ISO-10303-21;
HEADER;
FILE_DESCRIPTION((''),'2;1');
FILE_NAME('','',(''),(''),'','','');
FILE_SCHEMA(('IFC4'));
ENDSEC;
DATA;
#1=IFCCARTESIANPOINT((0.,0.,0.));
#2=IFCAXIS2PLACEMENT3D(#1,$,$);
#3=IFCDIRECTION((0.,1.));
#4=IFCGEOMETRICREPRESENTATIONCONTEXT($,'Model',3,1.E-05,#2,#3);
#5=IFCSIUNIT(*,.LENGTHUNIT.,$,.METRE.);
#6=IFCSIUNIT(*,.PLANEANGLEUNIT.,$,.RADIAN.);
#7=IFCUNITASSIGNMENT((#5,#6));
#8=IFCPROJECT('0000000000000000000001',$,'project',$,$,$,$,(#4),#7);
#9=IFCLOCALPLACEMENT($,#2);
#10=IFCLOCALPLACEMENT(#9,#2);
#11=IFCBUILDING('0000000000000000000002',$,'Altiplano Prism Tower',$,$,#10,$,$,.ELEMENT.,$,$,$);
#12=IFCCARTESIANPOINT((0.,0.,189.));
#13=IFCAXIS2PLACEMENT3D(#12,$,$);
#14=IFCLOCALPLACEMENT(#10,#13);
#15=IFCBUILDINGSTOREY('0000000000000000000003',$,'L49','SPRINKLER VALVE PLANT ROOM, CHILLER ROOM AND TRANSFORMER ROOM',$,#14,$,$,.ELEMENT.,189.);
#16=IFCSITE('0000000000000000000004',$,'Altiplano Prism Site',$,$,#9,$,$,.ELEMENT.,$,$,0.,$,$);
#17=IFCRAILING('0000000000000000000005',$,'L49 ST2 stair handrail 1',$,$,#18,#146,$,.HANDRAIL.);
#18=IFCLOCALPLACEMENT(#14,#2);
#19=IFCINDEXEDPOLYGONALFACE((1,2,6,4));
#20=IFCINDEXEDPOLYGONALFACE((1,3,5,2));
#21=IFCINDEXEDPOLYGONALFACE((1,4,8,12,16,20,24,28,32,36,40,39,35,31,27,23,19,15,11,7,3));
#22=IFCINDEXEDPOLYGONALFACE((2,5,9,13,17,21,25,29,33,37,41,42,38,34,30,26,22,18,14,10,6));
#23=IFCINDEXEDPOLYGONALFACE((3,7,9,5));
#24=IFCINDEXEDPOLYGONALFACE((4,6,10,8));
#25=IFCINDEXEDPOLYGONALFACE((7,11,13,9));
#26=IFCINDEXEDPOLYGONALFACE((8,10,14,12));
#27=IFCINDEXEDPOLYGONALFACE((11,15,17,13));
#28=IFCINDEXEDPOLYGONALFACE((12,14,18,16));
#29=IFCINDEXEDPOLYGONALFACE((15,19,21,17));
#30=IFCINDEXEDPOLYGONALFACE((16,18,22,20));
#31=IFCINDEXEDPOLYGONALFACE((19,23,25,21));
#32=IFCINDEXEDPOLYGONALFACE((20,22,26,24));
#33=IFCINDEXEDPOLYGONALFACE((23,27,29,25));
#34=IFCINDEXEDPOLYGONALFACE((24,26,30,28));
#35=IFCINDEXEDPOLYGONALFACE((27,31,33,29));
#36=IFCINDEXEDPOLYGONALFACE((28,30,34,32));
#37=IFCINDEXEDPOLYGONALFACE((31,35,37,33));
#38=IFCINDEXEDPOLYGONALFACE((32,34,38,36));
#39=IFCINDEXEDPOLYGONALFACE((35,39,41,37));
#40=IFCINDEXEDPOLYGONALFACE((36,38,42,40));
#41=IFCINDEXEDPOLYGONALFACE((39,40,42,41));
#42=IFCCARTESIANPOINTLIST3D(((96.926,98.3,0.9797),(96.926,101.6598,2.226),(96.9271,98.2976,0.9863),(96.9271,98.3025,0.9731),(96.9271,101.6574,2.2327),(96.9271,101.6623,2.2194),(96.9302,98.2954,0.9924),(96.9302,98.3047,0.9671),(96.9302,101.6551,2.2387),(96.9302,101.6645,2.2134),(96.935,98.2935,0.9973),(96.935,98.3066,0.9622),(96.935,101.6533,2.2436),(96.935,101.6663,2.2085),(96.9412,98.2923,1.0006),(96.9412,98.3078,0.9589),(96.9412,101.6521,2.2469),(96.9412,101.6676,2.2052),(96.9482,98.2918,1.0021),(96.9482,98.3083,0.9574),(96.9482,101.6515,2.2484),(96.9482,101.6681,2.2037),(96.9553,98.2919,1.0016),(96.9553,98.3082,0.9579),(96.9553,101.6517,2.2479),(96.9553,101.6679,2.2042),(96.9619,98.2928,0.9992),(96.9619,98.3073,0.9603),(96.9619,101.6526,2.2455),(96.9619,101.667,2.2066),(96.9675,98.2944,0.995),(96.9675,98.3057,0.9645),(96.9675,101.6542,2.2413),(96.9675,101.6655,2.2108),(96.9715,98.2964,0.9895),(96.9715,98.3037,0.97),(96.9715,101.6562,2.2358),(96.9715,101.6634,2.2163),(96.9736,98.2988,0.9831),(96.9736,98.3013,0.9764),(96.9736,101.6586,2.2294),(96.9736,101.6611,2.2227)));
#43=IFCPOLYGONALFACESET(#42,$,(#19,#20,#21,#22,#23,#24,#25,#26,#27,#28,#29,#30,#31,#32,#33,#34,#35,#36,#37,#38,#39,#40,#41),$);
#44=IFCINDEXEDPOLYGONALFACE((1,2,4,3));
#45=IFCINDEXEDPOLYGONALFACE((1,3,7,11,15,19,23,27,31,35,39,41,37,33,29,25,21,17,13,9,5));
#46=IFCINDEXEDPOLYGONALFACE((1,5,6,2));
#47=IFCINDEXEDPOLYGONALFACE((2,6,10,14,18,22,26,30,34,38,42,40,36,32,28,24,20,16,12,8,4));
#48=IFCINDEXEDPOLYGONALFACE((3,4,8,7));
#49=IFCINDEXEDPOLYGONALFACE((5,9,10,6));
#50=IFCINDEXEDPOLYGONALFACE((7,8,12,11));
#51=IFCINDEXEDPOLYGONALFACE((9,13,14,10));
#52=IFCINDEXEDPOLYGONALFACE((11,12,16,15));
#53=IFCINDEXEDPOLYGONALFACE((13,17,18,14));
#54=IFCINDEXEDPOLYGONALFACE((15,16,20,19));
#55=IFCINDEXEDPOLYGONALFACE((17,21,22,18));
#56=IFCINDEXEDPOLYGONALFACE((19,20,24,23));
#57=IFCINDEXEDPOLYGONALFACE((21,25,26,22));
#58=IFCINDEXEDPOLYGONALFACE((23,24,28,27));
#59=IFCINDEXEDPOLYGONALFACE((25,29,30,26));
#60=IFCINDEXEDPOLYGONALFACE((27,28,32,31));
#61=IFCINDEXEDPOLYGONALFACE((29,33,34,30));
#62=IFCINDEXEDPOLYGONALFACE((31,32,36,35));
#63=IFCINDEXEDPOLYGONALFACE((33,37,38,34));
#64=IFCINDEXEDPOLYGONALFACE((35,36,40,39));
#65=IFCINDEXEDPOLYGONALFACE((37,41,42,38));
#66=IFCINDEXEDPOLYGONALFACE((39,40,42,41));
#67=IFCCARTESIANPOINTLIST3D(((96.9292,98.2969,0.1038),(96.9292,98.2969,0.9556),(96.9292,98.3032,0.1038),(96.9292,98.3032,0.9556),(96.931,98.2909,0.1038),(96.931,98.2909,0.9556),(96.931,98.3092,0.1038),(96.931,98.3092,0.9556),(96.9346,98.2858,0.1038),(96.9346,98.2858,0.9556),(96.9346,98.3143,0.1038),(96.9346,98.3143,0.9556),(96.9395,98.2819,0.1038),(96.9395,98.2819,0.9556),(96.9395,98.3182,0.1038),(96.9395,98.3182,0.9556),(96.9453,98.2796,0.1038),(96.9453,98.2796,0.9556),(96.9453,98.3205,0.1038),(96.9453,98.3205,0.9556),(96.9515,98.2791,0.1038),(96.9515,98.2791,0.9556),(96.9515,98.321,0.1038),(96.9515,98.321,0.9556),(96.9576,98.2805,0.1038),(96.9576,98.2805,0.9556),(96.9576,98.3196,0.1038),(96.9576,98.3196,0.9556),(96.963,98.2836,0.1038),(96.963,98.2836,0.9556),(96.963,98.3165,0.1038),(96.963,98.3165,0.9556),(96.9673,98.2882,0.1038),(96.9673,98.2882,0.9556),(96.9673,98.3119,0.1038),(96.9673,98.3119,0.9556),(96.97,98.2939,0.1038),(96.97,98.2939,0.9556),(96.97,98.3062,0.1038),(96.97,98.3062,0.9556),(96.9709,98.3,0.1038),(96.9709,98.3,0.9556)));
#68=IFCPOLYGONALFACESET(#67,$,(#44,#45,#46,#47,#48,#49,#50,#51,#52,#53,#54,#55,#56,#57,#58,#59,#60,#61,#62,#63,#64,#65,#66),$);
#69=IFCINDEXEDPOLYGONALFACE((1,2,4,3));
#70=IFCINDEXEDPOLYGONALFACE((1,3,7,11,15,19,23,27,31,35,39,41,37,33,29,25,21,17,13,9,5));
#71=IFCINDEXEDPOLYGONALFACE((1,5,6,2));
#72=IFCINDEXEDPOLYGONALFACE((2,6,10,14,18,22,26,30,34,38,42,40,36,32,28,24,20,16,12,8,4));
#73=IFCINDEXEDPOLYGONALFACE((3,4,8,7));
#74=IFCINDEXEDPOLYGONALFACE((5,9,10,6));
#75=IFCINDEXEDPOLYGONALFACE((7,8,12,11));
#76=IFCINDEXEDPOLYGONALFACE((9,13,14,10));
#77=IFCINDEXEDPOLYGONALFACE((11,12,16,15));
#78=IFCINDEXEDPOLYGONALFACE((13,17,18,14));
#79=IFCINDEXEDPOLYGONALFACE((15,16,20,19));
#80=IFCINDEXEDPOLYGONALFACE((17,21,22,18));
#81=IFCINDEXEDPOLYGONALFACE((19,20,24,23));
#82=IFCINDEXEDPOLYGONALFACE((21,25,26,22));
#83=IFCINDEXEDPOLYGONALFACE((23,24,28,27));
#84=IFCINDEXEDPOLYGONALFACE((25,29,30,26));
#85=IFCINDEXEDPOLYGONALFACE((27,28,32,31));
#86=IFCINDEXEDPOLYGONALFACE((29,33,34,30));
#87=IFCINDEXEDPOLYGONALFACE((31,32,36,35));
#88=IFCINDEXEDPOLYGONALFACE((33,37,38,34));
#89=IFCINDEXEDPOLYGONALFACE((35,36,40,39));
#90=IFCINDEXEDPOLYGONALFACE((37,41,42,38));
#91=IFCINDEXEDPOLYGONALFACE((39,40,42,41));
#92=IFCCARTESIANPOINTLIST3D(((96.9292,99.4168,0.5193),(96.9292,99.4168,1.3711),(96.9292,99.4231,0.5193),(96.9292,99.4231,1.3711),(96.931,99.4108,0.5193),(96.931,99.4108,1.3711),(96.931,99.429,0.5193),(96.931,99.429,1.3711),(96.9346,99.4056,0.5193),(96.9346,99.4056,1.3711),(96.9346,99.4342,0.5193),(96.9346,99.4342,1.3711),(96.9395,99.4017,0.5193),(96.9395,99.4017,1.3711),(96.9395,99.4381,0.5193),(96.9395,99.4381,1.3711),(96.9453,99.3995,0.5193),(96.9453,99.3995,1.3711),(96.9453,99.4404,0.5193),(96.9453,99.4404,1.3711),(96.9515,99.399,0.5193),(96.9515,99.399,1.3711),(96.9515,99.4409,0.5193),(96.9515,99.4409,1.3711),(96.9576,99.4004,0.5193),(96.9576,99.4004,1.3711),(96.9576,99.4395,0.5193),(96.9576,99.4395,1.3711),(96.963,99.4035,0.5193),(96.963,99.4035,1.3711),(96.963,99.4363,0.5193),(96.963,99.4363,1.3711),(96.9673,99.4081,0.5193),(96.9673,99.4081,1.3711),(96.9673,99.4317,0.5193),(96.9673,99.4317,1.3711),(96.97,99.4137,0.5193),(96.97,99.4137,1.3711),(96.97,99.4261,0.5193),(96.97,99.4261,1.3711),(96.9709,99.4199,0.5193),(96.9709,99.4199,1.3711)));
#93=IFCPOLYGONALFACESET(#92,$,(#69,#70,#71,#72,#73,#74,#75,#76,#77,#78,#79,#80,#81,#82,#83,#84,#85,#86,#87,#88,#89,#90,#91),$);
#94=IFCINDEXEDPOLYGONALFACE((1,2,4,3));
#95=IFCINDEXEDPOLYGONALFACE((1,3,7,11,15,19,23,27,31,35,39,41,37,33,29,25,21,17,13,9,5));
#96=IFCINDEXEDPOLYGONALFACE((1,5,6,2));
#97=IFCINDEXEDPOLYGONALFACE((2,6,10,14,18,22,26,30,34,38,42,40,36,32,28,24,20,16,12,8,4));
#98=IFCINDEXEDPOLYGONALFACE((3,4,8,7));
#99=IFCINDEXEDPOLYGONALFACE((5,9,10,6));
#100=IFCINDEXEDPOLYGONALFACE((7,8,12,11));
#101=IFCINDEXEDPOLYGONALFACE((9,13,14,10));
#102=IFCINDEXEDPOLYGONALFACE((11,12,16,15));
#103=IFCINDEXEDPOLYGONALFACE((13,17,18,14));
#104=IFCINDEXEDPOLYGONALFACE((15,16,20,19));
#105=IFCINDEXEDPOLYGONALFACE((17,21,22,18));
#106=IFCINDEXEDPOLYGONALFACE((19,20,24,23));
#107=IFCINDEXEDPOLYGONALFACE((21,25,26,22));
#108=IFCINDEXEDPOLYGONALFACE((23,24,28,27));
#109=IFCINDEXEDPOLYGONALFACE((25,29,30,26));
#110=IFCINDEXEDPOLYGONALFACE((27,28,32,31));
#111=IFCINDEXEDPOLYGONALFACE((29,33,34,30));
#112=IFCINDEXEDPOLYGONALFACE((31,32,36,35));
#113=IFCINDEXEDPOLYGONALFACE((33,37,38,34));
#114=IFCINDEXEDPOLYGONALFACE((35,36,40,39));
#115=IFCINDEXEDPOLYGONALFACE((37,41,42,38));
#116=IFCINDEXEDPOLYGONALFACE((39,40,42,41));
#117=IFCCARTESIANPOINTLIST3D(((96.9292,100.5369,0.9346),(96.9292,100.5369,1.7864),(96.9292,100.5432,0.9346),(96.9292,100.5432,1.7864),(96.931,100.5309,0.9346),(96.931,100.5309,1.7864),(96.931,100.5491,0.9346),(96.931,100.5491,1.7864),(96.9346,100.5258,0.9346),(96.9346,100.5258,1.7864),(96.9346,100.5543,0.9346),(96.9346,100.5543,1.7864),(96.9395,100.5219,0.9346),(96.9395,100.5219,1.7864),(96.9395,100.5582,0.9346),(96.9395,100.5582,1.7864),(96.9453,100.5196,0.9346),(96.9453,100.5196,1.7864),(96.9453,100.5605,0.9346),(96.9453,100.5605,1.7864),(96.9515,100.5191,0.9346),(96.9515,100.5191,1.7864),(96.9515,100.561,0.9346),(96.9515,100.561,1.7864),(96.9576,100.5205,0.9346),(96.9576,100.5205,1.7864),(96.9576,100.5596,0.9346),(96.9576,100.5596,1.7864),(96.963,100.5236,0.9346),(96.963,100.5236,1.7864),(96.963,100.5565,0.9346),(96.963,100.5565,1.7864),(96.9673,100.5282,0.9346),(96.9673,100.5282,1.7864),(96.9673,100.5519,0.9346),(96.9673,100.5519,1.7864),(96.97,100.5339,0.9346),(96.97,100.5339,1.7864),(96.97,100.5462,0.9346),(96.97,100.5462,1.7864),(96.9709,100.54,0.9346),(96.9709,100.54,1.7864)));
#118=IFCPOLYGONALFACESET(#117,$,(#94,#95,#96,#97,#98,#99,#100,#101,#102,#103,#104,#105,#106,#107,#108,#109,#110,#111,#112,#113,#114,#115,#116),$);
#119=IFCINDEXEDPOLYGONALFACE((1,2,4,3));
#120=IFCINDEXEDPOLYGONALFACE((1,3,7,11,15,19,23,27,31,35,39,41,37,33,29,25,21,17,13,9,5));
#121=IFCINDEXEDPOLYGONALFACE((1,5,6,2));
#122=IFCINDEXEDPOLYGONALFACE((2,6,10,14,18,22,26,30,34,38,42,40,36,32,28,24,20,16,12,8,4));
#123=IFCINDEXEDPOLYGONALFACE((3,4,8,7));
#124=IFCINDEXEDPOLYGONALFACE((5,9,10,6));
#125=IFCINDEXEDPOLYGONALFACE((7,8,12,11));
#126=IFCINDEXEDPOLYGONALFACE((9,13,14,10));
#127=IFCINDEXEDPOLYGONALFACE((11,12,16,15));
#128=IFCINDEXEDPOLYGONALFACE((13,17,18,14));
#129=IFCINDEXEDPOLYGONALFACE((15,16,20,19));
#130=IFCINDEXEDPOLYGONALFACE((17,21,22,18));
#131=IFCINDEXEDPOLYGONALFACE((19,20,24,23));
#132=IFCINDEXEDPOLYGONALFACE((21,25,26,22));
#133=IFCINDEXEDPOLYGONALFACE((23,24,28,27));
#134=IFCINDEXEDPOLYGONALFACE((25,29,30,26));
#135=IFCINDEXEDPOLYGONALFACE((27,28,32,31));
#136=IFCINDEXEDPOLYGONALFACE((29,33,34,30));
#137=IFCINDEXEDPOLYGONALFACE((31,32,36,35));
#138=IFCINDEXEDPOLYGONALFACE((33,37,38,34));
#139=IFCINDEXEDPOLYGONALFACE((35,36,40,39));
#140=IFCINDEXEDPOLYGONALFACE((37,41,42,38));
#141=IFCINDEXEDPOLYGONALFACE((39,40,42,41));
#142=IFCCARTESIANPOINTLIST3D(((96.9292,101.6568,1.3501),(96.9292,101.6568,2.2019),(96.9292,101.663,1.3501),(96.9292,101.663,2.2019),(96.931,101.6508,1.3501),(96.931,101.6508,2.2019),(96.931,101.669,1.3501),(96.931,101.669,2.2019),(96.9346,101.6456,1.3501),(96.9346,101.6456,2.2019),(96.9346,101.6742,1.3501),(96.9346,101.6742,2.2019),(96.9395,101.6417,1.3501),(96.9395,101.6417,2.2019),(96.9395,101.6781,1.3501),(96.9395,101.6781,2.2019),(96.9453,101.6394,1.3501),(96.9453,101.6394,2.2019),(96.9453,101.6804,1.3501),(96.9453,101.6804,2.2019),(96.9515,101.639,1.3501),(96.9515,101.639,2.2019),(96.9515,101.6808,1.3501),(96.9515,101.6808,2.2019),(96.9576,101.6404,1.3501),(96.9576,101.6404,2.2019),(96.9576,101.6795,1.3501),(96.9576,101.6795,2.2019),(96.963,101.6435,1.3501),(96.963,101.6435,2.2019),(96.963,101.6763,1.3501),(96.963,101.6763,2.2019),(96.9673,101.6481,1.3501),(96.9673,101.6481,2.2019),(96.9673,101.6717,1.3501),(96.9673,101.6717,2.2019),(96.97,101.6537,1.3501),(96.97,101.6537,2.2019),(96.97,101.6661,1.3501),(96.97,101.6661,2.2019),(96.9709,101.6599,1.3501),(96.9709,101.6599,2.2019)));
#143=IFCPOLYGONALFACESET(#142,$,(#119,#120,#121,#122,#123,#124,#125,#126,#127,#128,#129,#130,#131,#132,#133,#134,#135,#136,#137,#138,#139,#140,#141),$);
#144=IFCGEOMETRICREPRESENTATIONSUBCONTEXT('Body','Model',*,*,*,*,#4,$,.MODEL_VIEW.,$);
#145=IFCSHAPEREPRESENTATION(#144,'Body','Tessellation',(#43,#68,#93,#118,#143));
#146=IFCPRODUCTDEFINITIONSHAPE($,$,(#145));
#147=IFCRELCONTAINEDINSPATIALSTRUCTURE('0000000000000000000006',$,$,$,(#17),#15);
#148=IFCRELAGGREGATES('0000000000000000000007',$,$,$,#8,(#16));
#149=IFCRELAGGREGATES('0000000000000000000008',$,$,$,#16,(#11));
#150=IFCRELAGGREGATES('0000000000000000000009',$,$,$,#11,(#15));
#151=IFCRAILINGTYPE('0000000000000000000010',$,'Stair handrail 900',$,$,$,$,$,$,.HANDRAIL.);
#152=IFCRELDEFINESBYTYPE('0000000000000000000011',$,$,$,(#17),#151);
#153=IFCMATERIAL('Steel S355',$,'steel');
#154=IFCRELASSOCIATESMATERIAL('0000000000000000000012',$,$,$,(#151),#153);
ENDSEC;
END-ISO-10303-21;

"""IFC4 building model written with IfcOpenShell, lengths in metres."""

from ifc_helpers import new_model, si_unit, direction, frame, origin, origin_2d, place, context, subcontext, project, spatial, circle, extrude, material, type_object, element, save


model = new_model("IFC4")

# Units and contexts
model_context = context("Model", 3, precision=1e-05, world=origin(), true_north=direction((0.0, 1.0)))
body_context = subcontext(model_context, "Body", "Model", "MODEL_VIEW")
ifc_project = project(units=[si_unit("LENGTHUNIT", "METRE"), si_unit("PLANEANGLEUNIT", "RADIAN")], contexts=[model_context])

# Site, building, storey
site_placement = place(None, origin())
site = spatial("IfcSite", under=ifc_project, at=site_placement, Name="Altiplano Prism Site", CompositionType="ELEMENT", RefElevation=0.0)
building_placement = place(site_placement, origin())
building = spatial("IfcBuilding", under=site, at=building_placement, Name="Altiplano Prism Tower", CompositionType="ELEMENT")
storey_placement = place(building_placement, frame((0.0, 0.0, 189.0)))
storey = spatial("IfcBuildingStorey", under=building, at=storey_placement, Name="L49", Description="SPRINKLER VALVE PLANT ROOM, CHILLER ROOM AND TRANSFORMER ROOM", CompositionType="ELEMENT", Elevation=189.0)

# Shared definitions
ifc_material_1 = material(Name="Steel S355", Category="steel")

# Railing
railing_type_1 = type_object("IfcRailingType", Name="Stair handrail 900", PredefinedType="HANDRAIL", material=ifc_material_1)
railing_1_placement = place(storey_placement, frame((96.95, 98.3, 0.1038)))
element("IfcRailing", 1, at=railing_1_placement, inside=storey, type_object=railing_type_1, Name="L49 ST2 stair handrail 1", PredefinedType="HANDRAIL", context=body_context, shape_type="SweptSolid", body=[
    extrude(circle(Radius=0.0239, at=origin_2d()), frame((0.0, 0.0, 0.876), z_axis=(0.0, 0.937572, 0.347791), x_axis=(-1.0, 0.0, 0.0)), (0.0, 0.0, 1.0), 3.5835),
    extrude(circle(Radius=0.021, at=origin_2d()), origin(), (0.0, 0.0, 1.0), 0.8518),
    extrude(circle(Radius=0.021, at=origin_2d()), frame((0.0, 1.1199, 0.4155)), (0.0, 0.0, 1.0), 0.8518),
    extrude(circle(Radius=0.021, at=origin_2d()), frame((0.0, 2.24, 0.8308)), (0.0, 0.0, 1.0), 0.8518),
    extrude(circle(Radius=0.021, at=origin_2d()), frame((0.0, 3.3599, 1.2463)), (0.0, 0.0, 1.0), 0.8518),
])

save(model, "model.ifc")
